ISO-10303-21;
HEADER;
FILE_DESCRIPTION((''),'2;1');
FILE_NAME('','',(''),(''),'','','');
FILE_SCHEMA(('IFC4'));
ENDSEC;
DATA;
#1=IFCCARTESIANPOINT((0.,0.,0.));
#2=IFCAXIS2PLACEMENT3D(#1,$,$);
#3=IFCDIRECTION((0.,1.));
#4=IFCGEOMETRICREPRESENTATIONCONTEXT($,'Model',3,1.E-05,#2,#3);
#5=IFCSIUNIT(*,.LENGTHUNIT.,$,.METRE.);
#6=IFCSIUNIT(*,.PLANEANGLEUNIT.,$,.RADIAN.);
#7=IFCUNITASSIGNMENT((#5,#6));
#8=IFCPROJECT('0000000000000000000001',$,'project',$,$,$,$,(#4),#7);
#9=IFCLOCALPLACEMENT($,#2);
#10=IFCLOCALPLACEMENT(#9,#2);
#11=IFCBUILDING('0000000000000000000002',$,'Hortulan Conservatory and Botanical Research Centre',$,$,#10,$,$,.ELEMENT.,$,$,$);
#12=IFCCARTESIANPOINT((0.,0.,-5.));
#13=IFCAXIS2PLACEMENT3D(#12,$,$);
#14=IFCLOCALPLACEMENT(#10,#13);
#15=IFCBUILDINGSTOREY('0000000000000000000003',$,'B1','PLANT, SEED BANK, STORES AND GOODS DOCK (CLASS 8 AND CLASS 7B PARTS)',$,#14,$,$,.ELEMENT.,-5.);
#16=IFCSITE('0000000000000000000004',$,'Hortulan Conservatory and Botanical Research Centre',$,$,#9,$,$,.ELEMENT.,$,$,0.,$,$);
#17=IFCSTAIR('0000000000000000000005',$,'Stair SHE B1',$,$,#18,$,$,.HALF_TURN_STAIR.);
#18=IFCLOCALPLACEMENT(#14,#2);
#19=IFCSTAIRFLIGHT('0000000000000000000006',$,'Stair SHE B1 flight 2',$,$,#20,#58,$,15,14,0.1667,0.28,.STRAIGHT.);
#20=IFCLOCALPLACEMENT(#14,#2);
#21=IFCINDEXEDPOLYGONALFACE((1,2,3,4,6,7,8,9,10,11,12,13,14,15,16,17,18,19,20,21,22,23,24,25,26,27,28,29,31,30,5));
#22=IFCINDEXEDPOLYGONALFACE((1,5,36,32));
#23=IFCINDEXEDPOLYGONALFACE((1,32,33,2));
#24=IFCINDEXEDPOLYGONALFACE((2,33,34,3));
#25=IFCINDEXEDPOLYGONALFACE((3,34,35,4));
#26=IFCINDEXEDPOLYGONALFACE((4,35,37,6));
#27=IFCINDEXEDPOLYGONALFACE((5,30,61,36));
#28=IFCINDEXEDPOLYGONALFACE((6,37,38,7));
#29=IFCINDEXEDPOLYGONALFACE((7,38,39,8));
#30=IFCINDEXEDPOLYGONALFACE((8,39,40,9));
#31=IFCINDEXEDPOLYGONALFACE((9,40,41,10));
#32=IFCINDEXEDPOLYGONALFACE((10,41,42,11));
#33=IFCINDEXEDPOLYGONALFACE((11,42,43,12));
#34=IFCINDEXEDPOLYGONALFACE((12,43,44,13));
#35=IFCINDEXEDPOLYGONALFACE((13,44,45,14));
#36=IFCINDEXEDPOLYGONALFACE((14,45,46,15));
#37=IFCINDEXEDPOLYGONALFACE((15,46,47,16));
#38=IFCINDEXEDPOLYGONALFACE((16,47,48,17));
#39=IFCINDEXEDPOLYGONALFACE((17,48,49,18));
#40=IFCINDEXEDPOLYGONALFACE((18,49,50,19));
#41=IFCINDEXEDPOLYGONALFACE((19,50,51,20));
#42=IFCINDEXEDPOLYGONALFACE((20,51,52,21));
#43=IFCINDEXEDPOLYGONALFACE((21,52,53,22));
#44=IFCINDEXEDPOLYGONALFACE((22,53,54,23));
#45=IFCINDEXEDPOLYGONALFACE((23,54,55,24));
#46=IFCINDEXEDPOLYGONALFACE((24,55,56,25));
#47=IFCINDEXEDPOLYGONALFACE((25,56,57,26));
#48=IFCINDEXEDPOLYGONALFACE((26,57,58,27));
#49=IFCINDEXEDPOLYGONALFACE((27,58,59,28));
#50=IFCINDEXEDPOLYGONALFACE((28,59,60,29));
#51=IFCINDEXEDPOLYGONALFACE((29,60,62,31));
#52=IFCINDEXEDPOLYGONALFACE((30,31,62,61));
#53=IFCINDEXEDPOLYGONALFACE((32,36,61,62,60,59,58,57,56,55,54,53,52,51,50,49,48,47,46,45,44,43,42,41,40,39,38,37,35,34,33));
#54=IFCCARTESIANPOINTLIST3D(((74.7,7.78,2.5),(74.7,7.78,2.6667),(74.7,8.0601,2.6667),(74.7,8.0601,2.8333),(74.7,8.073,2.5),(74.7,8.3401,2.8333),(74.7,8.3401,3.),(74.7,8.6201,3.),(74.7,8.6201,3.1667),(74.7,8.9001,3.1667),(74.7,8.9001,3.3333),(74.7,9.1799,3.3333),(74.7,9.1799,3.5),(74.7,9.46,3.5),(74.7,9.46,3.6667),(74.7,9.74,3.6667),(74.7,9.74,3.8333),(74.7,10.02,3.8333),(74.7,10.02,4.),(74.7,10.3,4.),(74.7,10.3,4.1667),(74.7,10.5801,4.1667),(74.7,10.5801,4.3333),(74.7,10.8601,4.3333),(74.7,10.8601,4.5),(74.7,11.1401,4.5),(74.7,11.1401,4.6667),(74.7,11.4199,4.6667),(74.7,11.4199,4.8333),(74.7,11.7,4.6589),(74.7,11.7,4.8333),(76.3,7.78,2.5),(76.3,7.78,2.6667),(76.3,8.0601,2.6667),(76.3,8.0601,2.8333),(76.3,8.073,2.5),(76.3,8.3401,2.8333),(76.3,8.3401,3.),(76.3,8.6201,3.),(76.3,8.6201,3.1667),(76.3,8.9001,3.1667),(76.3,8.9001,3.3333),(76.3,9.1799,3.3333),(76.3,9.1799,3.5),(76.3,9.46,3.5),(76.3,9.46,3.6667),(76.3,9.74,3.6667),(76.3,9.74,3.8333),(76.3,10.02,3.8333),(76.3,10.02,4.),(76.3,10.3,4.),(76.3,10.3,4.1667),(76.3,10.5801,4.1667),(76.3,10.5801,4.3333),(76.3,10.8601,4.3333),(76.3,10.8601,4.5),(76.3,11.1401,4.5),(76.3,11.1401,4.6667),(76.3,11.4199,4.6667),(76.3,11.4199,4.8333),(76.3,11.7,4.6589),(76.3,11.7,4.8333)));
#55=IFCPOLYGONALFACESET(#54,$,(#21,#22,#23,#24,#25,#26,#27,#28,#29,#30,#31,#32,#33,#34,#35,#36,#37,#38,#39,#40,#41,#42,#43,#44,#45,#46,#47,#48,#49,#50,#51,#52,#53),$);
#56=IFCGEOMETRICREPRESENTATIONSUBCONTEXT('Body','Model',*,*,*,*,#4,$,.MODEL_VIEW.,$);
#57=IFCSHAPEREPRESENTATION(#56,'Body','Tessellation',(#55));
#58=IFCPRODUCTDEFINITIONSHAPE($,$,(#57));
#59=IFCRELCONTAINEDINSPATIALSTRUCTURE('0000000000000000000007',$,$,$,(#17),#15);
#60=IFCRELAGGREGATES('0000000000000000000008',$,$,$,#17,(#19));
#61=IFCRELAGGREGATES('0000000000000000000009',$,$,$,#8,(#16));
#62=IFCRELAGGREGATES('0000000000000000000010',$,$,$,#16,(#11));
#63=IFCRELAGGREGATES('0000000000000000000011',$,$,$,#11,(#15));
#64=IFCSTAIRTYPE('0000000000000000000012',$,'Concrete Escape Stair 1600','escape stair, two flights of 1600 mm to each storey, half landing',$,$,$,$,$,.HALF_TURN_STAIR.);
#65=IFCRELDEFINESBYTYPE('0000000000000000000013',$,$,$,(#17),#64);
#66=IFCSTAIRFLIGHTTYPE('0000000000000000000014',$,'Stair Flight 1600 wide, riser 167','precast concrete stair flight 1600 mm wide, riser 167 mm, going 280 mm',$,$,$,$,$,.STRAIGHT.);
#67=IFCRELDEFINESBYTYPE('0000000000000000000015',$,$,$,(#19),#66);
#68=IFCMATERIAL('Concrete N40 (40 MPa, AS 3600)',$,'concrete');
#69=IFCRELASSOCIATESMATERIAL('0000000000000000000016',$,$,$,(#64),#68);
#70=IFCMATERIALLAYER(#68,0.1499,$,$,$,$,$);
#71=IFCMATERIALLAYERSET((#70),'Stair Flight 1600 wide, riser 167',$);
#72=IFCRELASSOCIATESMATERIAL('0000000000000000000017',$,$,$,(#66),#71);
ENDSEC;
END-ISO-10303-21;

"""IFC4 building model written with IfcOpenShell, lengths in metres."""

from ifc_helpers import new_model, si_unit, direction, frame, origin, place, context, subcontext, project, spatial, polyline, outline, extrude, material, layer, layer_set, type_object, element, aggregate, save


model = new_model("IFC4")

# Units and contexts
model_context = context("Model", 3, precision=1e-05, world=origin(), true_north=direction((0.0, 1.0)))
body_context = subcontext(model_context, "Body", "Model", "MODEL_VIEW")
ifc_project = project(units=[si_unit("LENGTHUNIT", "METRE"), si_unit("PLANEANGLEUNIT", "RADIAN")], contexts=[model_context])

# Site, building, storey
site_placement = place(None, origin())
site = spatial("IfcSite", under=ifc_project, at=site_placement, Name="Hortulan Conservatory and Botanical Research Centre", CompositionType="ELEMENT", RefElevation=0.0)
building_placement = place(site_placement, origin())
building = spatial("IfcBuilding", under=site, at=building_placement, Name="Hortulan Conservatory and Botanical Research Centre", CompositionType="ELEMENT")
storey_placement = place(building_placement, frame((0.0, 0.0, -5.0)))
storey = spatial("IfcBuildingStorey", under=building, at=storey_placement, Name="B1", Description="PLANT, SEED BANK, STORES AND GOODS DOCK (CLASS 8 AND CLASS 7B PARTS)", CompositionType="ELEMENT", Elevation=-5.0)

# Shared definitions
ifc_material_1 = material(Name="Concrete N40 (40 MPa, AS 3600)", Category="concrete")

# Stair, stair flight
stair_type = type_object("IfcStairType", Name="Concrete Escape Stair 1600", Description="escape stair, two flights of 1600 mm to each storey, half landing", PredefinedType="HALF_TURN_STAIR", material=ifc_material_1)
stair_placement = place(storey_placement, origin())
stair = element("IfcStair", 1, at=stair_placement, inside=storey, type_object=stair_type, Name="Stair SHE B1", PredefinedType="HALF_TURN_STAIR")
ifc_layer_1 = layer(ifc_material_1, 0.1499)
ifc_layer_set_1 = layer_set([ifc_layer_1], Name="Stair Flight 1600 wide, riser 167")
stair_flight_type = type_object("IfcStairFlightType", Name="Stair Flight 1600 wide, riser 167", Description="precast concrete stair flight 1600 mm wide, riser 167 mm, going 280 mm", PredefinedType="STRAIGHT", material=ifc_layer_set_1)
stair_flight_placement = place(storey_placement, frame((75.5, 7.78, 2.5), z_axis=(0.0, 0.0, 1.0), x_axis=(0.0, 1.0, 0.0)))
stair_flight = element("IfcStairFlight", 2, at=stair_flight_placement, type_object=stair_flight_type, Name="Stair SHE B1 flight 2", NumberOfRisers=15, NumberOfTreads=14, PredefinedType="STRAIGHT", RiserHeight=0.1667, TreadLength=0.28, context=body_context, shape_type="SweptSolid", body=[
    extrude(outline(polyline([(0.0, 0.0), (0.0, 0.1667), (0.28, 0.1667), (0.28, 0.3333), (0.5601, 0.3333), (0.5601, 0.5), (0.8401, 0.5), (0.8401, 0.6667), (1.1201, 0.6667), (1.1201, 0.8333), (1.3999, 0.8333), (1.3999, 1.0), (1.6799, 1.0), (1.6799, 1.1667), (1.96, 1.1667), (1.96, 1.3333), (2.24, 1.3333), (2.24, 1.5), (2.52, 1.5), (2.52, 1.6667), (2.8, 1.6667), (2.8, 1.8333), (3.0801, 1.8333), (3.0801, 2.0), (3.3601, 2.0), (3.3601, 2.1667), (3.6399, 2.1667), (3.6399, 2.3333), (3.9199, 2.3333), (3.9199, 2.5), (3.9199, 2.1589), (0.293, 0.0), (0.0, 0.0)])), frame((0.0, 0.8, 0.0), z_axis=(0.0, -1.0, 0.0), x_axis=(1.0, 0.0, 0.0)), (0.0, 0.0, 1.0), 1.6001),
])
aggregate(stair, [stair_flight])

save(model, "model.ifc")
